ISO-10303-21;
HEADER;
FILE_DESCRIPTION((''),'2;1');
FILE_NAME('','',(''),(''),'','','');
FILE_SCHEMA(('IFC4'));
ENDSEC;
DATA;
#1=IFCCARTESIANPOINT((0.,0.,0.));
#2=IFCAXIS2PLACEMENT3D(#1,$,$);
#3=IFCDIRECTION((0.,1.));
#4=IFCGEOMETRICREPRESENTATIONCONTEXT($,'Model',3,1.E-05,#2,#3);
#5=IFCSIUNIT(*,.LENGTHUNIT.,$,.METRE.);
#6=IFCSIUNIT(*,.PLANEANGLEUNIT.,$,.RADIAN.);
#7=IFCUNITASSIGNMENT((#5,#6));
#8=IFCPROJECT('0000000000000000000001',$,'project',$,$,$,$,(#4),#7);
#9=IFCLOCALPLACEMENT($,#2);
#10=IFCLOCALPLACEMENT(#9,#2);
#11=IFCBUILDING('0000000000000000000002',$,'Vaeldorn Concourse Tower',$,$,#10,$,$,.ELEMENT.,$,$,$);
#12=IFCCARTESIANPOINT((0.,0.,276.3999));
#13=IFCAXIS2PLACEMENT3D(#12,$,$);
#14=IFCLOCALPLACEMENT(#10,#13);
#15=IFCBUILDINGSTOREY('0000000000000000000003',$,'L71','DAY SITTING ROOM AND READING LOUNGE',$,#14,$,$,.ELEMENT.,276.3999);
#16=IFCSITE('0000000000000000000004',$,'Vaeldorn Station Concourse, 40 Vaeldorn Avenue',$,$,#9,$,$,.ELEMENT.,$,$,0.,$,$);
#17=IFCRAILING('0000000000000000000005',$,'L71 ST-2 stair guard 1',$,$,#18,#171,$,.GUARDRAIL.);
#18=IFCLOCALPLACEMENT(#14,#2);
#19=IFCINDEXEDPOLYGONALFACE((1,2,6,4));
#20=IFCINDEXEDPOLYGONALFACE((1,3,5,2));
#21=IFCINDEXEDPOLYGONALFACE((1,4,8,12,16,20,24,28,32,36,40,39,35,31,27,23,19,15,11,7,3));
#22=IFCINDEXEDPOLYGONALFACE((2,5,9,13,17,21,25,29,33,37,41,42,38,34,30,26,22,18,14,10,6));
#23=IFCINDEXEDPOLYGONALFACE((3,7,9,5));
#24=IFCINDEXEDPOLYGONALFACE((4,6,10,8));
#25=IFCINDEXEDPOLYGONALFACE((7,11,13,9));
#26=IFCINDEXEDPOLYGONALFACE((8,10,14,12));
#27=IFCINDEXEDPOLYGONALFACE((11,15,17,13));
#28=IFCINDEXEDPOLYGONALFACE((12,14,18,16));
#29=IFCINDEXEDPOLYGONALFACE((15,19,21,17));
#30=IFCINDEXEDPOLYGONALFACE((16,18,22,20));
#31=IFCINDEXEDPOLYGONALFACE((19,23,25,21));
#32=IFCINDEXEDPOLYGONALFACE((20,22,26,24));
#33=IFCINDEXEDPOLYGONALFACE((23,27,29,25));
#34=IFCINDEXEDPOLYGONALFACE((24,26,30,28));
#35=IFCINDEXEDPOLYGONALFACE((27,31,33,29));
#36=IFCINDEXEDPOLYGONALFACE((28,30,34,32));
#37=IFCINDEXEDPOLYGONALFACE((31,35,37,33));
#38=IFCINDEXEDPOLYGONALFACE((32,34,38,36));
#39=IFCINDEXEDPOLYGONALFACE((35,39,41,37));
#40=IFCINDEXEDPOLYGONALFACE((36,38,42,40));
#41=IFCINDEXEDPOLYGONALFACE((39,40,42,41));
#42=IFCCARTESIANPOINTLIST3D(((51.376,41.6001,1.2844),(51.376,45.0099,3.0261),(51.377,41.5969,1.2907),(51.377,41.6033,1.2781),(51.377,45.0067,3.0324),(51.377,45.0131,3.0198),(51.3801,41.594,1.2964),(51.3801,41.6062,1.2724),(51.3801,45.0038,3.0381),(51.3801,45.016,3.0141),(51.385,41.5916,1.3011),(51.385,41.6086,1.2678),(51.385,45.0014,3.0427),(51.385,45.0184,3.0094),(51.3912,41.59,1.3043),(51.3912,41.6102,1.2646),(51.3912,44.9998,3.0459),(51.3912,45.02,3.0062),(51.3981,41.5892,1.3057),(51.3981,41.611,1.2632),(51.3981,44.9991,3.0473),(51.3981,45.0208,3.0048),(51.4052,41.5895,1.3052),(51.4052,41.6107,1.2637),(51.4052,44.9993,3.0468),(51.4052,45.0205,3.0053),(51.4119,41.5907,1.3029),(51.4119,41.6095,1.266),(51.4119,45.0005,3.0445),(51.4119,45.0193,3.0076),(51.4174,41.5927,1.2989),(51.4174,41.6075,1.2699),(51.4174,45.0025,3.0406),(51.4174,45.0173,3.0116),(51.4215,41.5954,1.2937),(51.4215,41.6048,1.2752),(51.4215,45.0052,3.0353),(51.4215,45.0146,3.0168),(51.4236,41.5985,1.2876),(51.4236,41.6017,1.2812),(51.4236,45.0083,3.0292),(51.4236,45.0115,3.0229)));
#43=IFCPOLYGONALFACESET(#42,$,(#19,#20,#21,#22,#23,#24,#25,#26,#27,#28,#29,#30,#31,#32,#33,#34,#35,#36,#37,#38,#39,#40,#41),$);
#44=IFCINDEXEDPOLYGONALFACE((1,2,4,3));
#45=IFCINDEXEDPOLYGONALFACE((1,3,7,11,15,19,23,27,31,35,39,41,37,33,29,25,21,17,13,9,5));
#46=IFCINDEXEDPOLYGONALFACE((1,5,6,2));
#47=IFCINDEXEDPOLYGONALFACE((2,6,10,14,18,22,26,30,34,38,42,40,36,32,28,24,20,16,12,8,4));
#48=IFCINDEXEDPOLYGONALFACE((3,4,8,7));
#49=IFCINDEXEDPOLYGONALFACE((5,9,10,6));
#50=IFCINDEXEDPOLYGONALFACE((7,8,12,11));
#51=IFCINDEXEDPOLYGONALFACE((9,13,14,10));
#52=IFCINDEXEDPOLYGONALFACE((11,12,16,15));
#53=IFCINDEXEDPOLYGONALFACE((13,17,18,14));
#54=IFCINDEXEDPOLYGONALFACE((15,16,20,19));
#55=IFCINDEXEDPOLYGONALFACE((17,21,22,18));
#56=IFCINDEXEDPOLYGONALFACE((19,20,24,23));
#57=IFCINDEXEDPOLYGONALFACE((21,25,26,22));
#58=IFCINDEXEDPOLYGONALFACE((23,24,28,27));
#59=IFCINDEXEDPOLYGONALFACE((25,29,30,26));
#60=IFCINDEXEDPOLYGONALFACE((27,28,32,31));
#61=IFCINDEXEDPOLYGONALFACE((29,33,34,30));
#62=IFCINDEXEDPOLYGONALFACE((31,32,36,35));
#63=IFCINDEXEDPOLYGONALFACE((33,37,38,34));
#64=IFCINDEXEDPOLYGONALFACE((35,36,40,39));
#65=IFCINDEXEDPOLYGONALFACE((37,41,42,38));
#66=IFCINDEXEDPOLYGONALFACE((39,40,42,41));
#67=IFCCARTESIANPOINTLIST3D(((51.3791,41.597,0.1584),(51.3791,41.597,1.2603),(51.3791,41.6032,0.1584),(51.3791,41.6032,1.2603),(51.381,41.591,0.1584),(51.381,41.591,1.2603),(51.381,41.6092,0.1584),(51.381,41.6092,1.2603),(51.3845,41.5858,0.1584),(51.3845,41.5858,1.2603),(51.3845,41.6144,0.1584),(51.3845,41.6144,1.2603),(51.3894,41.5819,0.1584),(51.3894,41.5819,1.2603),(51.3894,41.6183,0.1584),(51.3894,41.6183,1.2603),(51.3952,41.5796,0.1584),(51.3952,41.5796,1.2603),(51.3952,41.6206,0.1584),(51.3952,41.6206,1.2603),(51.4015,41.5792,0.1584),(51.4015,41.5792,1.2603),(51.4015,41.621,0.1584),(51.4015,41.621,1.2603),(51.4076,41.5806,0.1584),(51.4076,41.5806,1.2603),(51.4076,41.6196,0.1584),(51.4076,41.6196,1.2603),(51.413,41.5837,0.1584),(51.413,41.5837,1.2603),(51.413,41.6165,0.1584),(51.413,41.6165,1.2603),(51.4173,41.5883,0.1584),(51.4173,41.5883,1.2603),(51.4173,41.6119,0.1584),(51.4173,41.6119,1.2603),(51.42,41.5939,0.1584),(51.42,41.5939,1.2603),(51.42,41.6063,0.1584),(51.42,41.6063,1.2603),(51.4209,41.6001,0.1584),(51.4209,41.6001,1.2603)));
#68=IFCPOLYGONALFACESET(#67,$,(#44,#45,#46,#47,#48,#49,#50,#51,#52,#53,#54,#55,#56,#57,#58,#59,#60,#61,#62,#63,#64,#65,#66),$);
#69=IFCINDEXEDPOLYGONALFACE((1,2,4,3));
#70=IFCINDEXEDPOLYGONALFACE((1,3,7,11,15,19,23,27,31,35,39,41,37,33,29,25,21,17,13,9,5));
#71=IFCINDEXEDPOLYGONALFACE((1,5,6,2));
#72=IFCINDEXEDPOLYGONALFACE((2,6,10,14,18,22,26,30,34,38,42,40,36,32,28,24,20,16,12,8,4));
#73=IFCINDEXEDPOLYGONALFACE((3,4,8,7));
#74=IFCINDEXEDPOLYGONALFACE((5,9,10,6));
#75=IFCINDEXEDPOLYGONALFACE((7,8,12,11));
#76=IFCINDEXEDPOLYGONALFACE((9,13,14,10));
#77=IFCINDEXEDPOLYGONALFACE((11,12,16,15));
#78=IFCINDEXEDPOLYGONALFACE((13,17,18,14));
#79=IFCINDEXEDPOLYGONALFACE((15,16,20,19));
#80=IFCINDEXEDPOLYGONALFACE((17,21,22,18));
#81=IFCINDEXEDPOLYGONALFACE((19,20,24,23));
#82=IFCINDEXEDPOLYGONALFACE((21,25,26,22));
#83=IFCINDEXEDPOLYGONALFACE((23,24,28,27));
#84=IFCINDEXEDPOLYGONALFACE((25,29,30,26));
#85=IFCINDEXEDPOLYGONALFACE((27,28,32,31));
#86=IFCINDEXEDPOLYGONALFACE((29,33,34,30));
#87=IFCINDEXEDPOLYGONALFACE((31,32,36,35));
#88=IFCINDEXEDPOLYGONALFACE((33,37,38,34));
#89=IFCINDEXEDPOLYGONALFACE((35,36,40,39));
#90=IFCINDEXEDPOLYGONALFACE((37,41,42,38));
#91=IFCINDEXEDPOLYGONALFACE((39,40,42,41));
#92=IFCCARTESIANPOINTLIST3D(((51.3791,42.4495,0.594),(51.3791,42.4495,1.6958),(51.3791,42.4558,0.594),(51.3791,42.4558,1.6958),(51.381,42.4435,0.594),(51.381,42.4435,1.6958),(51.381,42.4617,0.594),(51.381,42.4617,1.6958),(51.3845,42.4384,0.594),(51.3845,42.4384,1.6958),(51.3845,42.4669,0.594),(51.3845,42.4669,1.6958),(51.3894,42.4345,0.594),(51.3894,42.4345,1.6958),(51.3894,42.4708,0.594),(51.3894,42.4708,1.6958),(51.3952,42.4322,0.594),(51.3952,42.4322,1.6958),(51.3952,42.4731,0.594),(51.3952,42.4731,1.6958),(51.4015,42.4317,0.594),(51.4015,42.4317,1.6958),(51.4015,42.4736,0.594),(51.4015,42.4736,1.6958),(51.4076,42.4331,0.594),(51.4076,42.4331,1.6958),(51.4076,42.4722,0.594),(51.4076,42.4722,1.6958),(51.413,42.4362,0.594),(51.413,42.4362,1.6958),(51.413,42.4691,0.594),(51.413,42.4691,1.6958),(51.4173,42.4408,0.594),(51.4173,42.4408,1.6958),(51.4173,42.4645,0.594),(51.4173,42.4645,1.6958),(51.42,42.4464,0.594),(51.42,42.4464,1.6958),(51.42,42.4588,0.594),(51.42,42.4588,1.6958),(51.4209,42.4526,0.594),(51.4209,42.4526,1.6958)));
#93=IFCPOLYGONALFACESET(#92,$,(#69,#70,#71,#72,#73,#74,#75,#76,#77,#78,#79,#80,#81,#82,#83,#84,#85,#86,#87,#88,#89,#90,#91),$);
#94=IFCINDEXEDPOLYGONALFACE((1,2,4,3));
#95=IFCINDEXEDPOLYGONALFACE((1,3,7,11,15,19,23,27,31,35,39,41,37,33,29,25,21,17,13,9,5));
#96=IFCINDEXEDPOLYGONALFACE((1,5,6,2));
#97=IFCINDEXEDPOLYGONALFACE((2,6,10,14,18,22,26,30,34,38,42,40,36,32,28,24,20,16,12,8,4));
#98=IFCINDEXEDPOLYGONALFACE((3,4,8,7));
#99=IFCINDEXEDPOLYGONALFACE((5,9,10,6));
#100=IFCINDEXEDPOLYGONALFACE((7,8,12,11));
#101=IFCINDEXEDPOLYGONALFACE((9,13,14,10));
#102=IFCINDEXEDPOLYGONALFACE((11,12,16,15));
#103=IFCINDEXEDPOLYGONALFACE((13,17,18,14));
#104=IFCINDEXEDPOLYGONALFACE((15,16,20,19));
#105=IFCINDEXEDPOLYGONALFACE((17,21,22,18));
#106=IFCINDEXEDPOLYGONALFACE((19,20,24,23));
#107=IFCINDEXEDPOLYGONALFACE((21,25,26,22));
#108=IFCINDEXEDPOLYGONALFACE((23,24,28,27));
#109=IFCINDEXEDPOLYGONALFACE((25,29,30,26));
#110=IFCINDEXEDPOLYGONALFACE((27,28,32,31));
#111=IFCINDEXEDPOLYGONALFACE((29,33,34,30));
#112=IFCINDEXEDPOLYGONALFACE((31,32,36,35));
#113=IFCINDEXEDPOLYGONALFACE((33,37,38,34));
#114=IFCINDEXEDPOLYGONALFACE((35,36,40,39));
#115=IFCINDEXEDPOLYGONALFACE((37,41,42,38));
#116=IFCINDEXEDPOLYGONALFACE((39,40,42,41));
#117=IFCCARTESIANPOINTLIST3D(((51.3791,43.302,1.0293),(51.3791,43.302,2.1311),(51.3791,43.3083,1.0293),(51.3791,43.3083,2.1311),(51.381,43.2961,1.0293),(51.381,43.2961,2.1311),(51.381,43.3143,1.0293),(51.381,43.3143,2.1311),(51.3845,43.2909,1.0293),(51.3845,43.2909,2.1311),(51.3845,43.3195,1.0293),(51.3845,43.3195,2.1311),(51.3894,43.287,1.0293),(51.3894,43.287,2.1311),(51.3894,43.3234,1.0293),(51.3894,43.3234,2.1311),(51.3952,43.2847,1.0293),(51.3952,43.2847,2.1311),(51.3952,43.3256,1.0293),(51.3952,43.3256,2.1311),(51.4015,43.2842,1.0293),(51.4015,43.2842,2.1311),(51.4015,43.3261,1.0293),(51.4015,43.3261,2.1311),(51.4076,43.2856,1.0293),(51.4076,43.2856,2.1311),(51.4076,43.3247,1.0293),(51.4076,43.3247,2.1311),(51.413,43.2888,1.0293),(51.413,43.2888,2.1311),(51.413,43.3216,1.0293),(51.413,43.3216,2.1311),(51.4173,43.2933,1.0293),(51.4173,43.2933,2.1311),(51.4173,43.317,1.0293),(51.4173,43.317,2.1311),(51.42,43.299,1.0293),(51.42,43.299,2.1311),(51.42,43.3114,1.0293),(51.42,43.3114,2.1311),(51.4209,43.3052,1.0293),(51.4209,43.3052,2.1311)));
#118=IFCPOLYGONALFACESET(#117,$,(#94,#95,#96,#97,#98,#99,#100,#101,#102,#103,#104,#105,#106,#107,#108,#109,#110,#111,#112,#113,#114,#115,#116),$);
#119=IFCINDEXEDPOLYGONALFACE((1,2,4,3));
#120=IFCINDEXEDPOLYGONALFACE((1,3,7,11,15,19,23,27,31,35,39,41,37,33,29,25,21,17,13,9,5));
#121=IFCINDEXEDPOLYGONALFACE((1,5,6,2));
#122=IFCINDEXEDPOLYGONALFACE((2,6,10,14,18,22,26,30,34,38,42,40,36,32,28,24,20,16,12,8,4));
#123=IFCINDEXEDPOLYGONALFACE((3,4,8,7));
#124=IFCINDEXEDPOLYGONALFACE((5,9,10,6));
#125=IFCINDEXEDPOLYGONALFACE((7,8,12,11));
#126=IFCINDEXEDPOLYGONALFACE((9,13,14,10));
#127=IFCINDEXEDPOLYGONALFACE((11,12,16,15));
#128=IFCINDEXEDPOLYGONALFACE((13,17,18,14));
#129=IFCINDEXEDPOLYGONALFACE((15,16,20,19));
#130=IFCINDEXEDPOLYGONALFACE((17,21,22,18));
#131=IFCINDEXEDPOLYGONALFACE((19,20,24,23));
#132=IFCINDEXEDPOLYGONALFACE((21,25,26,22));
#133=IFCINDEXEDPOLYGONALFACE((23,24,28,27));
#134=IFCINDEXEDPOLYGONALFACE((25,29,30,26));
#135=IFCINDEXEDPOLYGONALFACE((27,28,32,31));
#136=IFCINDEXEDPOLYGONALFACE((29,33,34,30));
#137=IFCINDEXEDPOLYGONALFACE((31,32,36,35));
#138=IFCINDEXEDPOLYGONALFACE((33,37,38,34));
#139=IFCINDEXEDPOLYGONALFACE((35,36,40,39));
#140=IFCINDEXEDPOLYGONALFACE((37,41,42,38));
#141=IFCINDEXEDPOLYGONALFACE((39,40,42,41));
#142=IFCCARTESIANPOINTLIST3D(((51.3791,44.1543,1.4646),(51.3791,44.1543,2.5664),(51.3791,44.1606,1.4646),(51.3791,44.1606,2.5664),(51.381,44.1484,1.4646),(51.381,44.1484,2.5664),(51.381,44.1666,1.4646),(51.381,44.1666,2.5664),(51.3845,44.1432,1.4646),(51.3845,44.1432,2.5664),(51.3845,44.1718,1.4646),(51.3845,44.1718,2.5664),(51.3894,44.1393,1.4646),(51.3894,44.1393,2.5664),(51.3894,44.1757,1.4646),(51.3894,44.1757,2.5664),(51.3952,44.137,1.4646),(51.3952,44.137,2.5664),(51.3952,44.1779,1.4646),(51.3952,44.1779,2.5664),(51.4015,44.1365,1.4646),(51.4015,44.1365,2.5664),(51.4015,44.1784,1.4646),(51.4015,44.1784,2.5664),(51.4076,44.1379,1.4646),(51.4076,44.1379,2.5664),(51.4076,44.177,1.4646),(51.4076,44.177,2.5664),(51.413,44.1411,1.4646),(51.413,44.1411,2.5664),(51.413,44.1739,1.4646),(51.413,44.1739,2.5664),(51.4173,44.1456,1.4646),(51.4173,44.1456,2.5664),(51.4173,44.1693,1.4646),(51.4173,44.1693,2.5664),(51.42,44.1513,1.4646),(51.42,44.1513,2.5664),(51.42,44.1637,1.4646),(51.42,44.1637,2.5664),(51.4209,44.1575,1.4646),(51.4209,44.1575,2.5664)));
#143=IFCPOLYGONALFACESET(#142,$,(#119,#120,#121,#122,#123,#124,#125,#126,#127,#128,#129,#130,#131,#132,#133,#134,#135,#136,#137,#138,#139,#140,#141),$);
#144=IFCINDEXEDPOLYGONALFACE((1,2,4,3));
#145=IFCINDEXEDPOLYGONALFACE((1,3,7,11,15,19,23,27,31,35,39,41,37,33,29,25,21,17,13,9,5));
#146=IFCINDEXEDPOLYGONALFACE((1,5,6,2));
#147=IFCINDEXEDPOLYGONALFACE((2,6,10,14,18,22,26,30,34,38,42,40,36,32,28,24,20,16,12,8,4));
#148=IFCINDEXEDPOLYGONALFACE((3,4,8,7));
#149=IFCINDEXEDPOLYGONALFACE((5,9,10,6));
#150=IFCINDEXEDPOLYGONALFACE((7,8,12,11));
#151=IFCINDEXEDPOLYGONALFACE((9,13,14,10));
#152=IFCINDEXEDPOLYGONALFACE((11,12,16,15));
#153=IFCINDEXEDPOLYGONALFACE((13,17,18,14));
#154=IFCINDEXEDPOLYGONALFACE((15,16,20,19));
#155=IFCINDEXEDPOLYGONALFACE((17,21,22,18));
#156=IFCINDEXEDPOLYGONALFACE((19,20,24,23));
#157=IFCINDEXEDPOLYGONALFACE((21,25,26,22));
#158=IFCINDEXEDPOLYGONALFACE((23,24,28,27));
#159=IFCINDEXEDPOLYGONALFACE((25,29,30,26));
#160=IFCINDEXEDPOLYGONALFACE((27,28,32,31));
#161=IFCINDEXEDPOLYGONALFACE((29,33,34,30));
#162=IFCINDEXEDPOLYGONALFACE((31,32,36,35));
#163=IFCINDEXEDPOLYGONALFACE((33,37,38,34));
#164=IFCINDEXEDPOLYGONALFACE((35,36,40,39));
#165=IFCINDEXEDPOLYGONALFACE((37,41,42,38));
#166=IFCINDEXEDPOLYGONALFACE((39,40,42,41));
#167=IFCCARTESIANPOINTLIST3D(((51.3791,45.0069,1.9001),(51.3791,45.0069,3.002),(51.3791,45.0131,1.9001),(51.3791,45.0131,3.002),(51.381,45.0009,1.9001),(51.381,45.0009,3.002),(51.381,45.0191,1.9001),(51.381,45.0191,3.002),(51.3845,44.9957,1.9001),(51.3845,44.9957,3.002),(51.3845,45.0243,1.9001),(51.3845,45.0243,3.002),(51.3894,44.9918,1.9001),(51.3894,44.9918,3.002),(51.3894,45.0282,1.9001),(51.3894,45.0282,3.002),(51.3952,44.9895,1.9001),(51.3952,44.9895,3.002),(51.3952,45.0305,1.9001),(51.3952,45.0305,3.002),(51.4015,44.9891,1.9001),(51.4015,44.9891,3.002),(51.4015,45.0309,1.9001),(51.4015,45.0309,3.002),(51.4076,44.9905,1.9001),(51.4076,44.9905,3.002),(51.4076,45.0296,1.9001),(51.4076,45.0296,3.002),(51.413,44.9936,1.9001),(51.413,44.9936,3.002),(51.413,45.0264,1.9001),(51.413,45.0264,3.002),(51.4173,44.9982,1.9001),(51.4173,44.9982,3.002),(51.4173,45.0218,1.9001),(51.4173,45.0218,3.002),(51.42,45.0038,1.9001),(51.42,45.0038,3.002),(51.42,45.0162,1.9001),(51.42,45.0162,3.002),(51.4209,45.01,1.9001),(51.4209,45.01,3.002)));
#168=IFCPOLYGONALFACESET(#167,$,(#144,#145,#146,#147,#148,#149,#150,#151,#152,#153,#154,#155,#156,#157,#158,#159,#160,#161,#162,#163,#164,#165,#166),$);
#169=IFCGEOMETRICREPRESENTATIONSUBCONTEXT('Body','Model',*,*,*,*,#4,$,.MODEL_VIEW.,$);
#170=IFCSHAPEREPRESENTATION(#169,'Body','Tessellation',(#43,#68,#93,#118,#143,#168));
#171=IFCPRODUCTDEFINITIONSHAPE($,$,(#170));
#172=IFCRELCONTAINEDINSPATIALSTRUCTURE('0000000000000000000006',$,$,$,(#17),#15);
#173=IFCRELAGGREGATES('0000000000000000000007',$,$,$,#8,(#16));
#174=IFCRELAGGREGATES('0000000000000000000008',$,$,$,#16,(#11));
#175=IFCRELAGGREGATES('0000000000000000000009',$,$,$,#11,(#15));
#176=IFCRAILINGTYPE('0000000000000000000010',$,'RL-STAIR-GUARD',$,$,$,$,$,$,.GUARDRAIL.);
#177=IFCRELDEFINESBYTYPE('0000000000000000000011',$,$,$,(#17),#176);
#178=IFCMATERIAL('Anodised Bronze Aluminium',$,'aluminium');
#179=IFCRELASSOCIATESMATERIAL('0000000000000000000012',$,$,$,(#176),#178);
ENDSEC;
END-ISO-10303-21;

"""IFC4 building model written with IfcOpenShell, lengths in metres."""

from ifc_helpers import new_model, si_unit, direction, frame, origin, origin_2d, place, context, subcontext, project, spatial, circle, extrude, material, type_object, element, save


model = new_model("IFC4")

# Units and contexts
model_context = context("Model", 3, precision=1e-05, world=origin(), true_north=direction((0.0, 1.0)))
body_context = subcontext(model_context, "Body", "Model", "MODEL_VIEW")
ifc_project = project(units=[si_unit("LENGTHUNIT", "METRE"), si_unit("PLANEANGLEUNIT", "RADIAN")], contexts=[model_context])

# Site, building, storey
site_placement = place(None, origin())
site = spatial("IfcSite", under=ifc_project, at=site_placement, Name="Vaeldorn Station Concourse, 40 Vaeldorn Avenue", CompositionType="ELEMENT", RefElevation=0.0)
building_placement = place(site_placement, origin())
building = spatial("IfcBuilding", under=site, at=building_placement, Name="Vaeldorn Concourse Tower", CompositionType="ELEMENT")
storey_placement = place(building_placement, frame((0.0, 0.0, 276.3999)))
storey = spatial("IfcBuildingStorey", under=building, at=storey_placement, Name="L71", Description="DAY SITTING ROOM AND READING LOUNGE", CompositionType="ELEMENT", Elevation=276.3999)

# Shared definitions
ifc_material_1 = material(Name="Anodised Bronze Aluminium", Category="aluminium")

# Railing
railing_type_1 = type_object("IfcRailingType", Name="RL-STAIR-GUARD", PredefinedType="GUARDRAIL", material=ifc_material_1)
railing_1_placement = place(storey_placement, frame((51.3999, 41.6001, 0.1584)))
element("IfcRailing", 1, at=railing_1_placement, inside=storey, type_object=railing_type_1, Name="L71 ST-2 stair guard 1", PredefinedType="GUARDRAIL", context=body_context, shape_type="SweptSolid", body=[
    extrude(circle(Radius=0.0239, at=origin_2d()), frame((0.0, 0.0, 1.126), z_axis=(0.0, 0.890556, 0.454874), x_axis=(-1.0, 0.0, 0.0)), (0.0, 0.0, 1.0), 3.8289),
    extrude(circle(Radius=0.021, at=origin_2d()), origin(), (0.0, 0.0, 1.0), 1.1018),
    extrude(circle(Radius=0.021, at=origin_2d()), frame((0.0, 0.8525, 0.4355)), (0.0, 0.0, 1.0), 1.1018),
    extrude(circle(Radius=0.021, at=origin_2d()), frame((0.0, 1.7051, 0.8708)), (0.0, 0.0, 1.0), 1.1018),
    extrude(circle(Radius=0.021, at=origin_2d()), frame((0.0, 2.5574, 1.3062)), (0.0, 0.0, 1.0), 1.1018),
    extrude(circle(Radius=0.021, at=origin_2d()), frame((0.0, 3.4099, 1.7417)), (0.0, 0.0, 1.0), 1.1018),
])

save(model, "model.ifc")
